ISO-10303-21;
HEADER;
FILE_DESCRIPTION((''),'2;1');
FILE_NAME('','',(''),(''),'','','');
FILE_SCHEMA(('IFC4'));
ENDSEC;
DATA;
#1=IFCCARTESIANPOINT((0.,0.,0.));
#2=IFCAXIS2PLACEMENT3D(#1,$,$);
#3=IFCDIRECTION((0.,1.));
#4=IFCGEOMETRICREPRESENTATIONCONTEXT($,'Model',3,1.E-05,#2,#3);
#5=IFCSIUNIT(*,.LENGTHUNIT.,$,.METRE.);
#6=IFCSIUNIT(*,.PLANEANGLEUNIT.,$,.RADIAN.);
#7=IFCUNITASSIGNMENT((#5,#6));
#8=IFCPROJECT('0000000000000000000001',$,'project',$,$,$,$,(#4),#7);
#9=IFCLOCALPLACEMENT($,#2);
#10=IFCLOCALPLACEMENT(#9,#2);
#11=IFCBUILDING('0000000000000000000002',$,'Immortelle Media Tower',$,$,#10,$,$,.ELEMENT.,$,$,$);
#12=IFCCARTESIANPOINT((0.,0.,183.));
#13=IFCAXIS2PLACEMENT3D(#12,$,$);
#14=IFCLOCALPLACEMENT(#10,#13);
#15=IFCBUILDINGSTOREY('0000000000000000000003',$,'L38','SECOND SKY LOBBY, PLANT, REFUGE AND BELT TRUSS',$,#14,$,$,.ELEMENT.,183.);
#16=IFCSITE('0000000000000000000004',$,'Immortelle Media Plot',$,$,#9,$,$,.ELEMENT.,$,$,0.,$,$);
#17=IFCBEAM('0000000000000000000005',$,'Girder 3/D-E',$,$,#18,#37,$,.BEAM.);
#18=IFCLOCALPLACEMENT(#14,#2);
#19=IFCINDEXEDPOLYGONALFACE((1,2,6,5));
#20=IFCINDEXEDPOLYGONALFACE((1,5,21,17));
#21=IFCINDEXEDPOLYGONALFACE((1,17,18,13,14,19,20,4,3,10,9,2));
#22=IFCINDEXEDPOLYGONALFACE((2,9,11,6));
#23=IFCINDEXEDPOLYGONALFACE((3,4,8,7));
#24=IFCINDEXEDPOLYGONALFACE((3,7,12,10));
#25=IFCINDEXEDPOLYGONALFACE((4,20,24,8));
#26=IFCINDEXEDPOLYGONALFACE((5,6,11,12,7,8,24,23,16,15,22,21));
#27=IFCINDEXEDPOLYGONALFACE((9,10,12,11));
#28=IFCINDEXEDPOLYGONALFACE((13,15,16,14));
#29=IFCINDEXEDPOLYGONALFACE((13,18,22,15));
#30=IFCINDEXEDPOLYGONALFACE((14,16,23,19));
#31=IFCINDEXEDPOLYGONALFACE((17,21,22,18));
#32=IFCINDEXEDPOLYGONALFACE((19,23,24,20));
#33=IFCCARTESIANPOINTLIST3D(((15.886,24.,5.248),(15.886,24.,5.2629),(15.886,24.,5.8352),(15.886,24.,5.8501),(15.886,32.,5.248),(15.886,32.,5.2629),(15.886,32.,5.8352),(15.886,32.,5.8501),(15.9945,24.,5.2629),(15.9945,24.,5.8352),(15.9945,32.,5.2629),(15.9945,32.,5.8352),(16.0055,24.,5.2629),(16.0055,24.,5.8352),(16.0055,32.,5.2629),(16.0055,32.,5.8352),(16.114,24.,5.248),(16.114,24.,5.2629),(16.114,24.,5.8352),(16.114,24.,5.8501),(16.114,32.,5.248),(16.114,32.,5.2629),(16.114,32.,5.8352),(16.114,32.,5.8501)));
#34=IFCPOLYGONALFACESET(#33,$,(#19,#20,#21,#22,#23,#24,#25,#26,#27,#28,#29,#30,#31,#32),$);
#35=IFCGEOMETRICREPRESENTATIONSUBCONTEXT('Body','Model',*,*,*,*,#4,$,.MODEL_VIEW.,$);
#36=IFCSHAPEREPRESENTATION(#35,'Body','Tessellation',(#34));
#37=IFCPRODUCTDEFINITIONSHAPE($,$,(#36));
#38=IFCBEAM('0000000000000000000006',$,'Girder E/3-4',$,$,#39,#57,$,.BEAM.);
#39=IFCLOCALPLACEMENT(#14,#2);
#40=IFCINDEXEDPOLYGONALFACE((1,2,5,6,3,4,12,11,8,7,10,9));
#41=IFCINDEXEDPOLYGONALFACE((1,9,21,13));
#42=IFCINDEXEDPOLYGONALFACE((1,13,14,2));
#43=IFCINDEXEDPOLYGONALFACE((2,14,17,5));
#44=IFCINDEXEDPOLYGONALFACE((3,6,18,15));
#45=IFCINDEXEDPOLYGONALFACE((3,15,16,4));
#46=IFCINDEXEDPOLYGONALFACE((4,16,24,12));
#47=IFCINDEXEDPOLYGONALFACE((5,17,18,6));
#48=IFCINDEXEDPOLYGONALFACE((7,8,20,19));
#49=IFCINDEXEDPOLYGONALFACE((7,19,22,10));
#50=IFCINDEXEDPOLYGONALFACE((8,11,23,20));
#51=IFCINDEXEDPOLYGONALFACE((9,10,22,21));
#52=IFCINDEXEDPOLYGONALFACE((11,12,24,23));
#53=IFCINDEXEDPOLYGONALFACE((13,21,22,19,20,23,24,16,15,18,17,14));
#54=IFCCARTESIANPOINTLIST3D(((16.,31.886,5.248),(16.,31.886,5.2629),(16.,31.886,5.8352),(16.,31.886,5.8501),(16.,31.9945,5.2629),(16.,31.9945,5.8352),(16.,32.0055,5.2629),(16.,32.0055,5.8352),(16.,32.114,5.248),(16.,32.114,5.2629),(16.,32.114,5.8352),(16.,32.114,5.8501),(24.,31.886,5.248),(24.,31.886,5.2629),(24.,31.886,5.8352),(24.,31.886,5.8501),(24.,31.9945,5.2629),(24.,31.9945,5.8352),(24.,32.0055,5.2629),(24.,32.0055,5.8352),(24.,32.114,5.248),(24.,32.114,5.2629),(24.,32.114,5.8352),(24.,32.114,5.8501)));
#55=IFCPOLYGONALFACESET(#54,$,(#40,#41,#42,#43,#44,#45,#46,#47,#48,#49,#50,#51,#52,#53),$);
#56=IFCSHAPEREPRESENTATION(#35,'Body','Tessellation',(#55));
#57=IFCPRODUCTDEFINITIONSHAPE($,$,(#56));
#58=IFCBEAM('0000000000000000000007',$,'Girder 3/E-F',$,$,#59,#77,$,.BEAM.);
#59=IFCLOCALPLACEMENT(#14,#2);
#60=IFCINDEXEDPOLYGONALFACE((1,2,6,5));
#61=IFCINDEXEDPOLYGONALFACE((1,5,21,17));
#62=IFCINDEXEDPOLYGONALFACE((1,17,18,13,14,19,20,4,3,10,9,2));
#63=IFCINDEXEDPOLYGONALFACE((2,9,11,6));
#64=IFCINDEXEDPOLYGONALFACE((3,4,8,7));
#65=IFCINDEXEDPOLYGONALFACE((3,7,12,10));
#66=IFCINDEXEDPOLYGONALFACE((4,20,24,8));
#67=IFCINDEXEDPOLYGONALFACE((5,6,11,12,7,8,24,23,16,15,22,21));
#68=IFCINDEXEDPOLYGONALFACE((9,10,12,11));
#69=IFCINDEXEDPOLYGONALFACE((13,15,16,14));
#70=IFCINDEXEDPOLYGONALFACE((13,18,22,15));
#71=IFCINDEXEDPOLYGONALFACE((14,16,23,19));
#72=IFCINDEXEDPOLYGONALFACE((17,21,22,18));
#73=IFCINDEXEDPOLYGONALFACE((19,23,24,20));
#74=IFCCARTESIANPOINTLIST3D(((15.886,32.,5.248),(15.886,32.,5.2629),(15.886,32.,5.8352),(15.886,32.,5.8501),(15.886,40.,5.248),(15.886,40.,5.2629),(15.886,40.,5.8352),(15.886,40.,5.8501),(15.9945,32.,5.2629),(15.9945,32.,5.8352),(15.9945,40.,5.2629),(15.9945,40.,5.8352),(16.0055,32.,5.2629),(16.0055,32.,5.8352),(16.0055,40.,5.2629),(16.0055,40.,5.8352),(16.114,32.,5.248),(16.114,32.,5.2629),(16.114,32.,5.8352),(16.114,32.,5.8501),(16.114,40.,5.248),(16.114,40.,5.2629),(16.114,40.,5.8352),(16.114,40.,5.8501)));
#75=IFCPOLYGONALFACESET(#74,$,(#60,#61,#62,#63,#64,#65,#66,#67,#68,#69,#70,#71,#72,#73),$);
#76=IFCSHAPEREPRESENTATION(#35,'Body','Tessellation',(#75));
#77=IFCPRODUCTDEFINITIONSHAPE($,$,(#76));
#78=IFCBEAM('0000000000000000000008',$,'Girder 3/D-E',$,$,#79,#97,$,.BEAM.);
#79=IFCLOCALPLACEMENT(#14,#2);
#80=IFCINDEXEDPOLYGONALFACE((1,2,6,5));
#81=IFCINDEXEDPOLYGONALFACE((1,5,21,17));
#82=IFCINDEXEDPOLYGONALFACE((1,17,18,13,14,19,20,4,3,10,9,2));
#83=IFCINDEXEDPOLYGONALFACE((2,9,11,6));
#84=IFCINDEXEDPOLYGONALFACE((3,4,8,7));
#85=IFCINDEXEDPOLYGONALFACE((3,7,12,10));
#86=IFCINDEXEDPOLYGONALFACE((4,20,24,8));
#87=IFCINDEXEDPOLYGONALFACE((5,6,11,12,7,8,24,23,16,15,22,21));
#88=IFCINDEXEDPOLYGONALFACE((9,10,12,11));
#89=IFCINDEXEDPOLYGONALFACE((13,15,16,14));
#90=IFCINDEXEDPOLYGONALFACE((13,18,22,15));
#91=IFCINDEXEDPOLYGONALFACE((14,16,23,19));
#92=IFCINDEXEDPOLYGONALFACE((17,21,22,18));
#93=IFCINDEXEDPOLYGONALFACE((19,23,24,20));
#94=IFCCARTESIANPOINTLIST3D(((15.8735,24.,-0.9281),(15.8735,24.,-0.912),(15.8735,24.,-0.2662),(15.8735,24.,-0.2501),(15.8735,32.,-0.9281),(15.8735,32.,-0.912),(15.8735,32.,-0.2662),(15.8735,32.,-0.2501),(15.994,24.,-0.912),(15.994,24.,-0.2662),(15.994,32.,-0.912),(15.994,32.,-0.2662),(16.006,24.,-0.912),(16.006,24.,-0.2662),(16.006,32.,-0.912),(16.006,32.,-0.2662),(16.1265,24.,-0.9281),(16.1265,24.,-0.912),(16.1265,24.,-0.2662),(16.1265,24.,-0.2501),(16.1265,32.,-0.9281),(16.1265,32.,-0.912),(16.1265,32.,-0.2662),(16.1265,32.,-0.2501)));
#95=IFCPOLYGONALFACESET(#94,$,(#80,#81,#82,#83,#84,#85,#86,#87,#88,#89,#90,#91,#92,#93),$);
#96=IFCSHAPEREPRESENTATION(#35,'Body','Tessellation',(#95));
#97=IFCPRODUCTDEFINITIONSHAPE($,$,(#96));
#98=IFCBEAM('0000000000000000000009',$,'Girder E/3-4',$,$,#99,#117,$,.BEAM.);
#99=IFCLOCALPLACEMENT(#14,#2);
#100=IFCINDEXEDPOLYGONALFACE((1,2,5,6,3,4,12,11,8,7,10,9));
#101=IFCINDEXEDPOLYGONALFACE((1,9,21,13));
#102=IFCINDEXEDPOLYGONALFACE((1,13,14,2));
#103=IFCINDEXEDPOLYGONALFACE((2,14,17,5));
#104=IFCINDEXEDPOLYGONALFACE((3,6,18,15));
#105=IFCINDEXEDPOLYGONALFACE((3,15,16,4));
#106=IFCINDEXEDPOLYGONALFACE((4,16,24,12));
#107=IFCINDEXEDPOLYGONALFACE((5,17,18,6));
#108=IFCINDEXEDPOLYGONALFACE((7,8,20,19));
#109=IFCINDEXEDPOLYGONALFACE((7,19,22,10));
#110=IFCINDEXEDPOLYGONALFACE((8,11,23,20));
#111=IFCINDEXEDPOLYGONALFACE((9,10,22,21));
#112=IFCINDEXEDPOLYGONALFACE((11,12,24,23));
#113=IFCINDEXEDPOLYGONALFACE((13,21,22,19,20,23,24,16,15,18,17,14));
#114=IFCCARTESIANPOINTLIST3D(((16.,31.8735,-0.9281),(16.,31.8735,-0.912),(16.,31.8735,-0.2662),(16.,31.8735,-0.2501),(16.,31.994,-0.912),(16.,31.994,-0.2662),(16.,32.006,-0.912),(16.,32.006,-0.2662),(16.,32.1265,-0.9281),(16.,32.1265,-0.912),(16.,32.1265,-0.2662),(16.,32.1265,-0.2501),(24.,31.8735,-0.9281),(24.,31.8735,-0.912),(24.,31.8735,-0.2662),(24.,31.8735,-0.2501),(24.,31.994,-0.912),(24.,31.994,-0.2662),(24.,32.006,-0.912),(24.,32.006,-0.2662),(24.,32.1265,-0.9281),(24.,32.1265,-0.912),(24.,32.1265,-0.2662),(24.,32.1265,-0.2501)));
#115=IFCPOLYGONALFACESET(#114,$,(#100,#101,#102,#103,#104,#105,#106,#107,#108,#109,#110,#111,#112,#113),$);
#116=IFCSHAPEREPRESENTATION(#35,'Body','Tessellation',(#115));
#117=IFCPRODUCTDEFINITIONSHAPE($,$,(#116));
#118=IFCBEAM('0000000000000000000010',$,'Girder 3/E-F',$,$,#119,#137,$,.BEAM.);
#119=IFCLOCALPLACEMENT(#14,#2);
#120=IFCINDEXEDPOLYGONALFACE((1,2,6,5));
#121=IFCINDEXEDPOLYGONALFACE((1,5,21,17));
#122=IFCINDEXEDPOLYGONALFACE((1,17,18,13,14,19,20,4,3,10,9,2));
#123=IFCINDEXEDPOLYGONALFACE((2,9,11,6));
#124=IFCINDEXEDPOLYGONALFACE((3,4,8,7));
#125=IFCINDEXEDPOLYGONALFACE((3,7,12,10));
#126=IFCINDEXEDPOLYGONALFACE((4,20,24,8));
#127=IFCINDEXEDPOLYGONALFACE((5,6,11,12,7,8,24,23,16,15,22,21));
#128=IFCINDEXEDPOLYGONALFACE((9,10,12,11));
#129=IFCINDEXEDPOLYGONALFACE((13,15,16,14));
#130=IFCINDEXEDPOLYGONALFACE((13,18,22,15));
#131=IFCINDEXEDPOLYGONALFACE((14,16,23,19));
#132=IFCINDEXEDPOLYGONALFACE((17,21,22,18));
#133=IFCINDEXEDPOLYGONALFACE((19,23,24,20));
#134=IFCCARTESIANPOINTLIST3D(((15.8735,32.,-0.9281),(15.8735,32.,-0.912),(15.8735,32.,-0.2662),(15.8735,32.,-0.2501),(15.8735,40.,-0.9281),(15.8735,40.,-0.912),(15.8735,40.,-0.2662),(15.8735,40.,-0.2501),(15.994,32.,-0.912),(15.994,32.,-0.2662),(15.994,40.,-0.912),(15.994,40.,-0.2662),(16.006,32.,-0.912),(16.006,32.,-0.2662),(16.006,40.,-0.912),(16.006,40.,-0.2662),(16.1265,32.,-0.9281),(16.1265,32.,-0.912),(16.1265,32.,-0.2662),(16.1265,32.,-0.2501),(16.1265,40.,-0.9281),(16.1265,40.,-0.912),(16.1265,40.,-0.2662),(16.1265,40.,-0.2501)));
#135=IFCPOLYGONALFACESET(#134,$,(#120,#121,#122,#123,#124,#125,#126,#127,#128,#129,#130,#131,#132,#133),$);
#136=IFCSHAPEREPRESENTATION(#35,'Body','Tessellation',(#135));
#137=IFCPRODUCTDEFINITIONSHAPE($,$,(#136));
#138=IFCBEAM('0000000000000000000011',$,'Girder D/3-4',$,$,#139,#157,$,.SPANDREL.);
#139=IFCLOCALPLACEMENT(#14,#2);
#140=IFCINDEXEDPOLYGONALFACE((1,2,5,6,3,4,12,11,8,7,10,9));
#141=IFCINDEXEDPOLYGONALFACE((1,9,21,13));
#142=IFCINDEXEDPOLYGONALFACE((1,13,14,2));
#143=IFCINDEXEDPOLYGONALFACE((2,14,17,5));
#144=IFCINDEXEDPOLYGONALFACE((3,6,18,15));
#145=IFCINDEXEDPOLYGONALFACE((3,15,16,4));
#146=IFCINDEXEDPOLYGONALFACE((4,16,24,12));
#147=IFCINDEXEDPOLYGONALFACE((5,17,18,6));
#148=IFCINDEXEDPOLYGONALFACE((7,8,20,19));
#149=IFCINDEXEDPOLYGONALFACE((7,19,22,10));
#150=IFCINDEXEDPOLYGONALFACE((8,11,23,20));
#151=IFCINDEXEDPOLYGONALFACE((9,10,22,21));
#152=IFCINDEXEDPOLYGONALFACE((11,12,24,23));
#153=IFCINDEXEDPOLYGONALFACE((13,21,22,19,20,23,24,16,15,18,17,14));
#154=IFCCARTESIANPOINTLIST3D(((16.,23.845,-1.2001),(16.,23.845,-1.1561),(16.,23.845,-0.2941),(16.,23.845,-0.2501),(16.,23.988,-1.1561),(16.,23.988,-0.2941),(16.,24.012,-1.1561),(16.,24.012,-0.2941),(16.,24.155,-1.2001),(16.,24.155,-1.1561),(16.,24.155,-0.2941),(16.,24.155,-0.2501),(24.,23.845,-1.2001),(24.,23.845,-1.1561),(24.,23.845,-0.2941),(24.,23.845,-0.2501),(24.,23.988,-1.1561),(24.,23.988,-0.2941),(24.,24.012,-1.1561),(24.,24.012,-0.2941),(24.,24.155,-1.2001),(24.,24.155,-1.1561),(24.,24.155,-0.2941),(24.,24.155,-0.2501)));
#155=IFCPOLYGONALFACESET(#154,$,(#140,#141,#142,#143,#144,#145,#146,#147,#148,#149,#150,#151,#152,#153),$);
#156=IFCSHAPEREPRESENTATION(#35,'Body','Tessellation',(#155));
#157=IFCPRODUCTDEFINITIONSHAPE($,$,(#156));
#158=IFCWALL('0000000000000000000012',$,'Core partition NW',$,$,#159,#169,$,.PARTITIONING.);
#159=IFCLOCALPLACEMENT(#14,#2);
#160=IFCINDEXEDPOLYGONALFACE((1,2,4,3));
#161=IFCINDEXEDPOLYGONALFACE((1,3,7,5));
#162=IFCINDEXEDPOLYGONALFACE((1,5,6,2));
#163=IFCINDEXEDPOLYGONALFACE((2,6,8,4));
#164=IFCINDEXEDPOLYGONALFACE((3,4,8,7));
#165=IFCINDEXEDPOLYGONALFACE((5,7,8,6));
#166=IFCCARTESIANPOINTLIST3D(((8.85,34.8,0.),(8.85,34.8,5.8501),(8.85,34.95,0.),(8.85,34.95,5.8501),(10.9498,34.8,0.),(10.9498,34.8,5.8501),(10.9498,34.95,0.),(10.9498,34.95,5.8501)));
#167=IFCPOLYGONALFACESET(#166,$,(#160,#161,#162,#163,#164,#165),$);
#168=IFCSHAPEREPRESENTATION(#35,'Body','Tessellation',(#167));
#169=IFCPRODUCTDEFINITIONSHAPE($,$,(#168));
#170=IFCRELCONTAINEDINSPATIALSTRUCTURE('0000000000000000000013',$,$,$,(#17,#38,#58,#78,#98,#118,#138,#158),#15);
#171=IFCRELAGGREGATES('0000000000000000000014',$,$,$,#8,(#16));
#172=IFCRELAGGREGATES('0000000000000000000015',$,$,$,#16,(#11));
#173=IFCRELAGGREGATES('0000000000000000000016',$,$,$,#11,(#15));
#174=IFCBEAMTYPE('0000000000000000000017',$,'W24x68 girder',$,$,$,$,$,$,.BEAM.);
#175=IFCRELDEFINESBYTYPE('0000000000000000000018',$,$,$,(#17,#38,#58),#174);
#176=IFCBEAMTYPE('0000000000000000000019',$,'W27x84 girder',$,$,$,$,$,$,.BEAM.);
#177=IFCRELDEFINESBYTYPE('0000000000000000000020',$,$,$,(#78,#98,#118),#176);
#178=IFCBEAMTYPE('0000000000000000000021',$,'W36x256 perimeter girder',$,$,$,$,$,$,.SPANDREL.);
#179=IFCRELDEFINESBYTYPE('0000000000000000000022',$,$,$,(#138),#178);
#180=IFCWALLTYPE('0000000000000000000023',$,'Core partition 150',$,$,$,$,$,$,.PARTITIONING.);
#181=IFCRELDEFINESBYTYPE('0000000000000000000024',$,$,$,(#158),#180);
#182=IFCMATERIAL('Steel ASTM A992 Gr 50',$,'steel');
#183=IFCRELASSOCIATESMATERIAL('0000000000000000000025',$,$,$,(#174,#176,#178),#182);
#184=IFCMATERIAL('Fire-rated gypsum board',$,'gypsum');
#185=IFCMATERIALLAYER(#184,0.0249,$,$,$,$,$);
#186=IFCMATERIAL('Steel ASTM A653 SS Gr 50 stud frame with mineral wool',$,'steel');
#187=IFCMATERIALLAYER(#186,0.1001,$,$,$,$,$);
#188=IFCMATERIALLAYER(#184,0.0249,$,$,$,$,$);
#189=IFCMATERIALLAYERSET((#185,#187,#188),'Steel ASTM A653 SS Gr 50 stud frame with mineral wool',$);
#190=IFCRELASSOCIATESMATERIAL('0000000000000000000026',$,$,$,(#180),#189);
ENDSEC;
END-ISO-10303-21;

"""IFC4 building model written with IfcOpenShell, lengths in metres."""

from ifc_helpers import new_model, si_unit, direction, frame, frame_2d, origin, origin_2d, place, context, subcontext, project, spatial, rectangle, i_section, extrude, material, layer, layer_set, material_profile, profile_set, type_object, element, save


model = new_model("IFC4")

# Units and contexts
model_context = context("Model", 3, precision=1e-05, world=origin(), true_north=direction((0.0, 1.0)))
body_context = subcontext(model_context, "Body", "Model", "MODEL_VIEW")
ifc_project = project(units=[si_unit("LENGTHUNIT", "METRE"), si_unit("PLANEANGLEUNIT", "RADIAN")], contexts=[model_context])

# Site, building, storey
site_placement = place(None, origin())
site = spatial("IfcSite", under=ifc_project, at=site_placement, Name="Immortelle Media Plot", CompositionType="ELEMENT", RefElevation=0.0)
building_placement = place(site_placement, origin())
building = spatial("IfcBuilding", under=site, at=building_placement, Name="Immortelle Media Tower", CompositionType="ELEMENT")
storey_placement = place(building_placement, frame((0.0, 0.0, 183.0)))
storey = spatial("IfcBuildingStorey", under=building, at=storey_placement, Name="L38", Description="SECOND SKY LOBBY, PLANT, REFUGE AND BELT TRUSS", CompositionType="ELEMENT", Elevation=183.0)

# Shared definitions
ifc_material_1 = material(Name="Steel ASTM A992 Gr 50", Category="steel")

# Beams
ifc_material_profile_1 = material_profile(ifc_material_1, i_section(OverallWidth=0.228, OverallDepth=0.6021, WebThickness=0.011, FlangeThickness=0.0149, at=origin_2d()), Name="W24x68")
ifc_profile_set_1 = profile_set([ifc_material_profile_1], Name="Steel ASTM A992 Gr 50")
beam_type_1 = type_object("IfcBeamType", Name="W24x68 girder", PredefinedType="BEAM", material=ifc_profile_set_1)
for number, where, z_axis, x_axis, name in (
    (1, (16.0, 24.0, 5.5491), (0.0, 1.0, 0.0), (-1.0, 0.0, 0.0), "Girder 3/D-E"),
    (2, (16.0, 32.0, 5.5491), (1.0, 0.0, 0.0), (0.0, 1.0, 0.0), "Girder E/3-4"),
    (3, (16.0, 32.0, 5.5491), (0.0, 1.0, 0.0), (-1.0, 0.0, 0.0), "Girder 3/E-F"),
):
    element("IfcBeam", number, at=place(storey_placement, frame(where, z_axis=z_axis, x_axis=x_axis)), inside=storey, type_object=beam_type_1, Name=name, PredefinedType="BEAM", context=body_context, shape_type="SweptSolid", body=[
        extrude(i_section(OverallWidth=0.228, OverallDepth=0.6021, WebThickness=0.011, FlangeThickness=0.0149, at=origin_2d()), origin(), (0.0, 0.0, 1.0), 8.0),
    ])
ifc_material_profile_2 = material_profile(ifc_material_1, i_section(OverallWidth=0.2529, OverallDepth=0.678, WebThickness=0.012, FlangeThickness=0.0161, at=origin_2d()), Name="W27x84")
ifc_profile_set_2 = profile_set([ifc_material_profile_2], Name="Steel ASTM A992 Gr 50")
beam_type_2 = type_object("IfcBeamType", Name="W27x84 girder", PredefinedType="BEAM", material=ifc_profile_set_2)
for number, where, z_axis, x_axis, name in (
    (4, (16.0, 24.0, -0.5891), (0.0, 1.0, 0.0), (-1.0, 0.0, 0.0), "Girder 3/D-E"),
    (5, (16.0, 32.0, -0.5891), (1.0, 0.0, 0.0), (0.0, 1.0, 0.0), "Girder E/3-4"),
    (6, (16.0, 32.0, -0.5891), (0.0, 1.0, 0.0), (-1.0, 0.0, 0.0), "Girder 3/E-F"),
):
    element("IfcBeam", number, at=place(storey_placement, frame(where, z_axis=z_axis, x_axis=x_axis)), inside=storey, type_object=beam_type_2, Name=name, PredefinedType="BEAM", context=body_context, shape_type="SweptSolid", body=[
        extrude(i_section(OverallWidth=0.2529, OverallDepth=0.678, WebThickness=0.012, FlangeThickness=0.0161, at=origin_2d()), origin(), (0.0, 0.0, 1.0), 8.0),
    ])
ifc_material_profile_3 = material_profile(ifc_material_1, i_section(OverallWidth=0.3101, OverallDepth=0.95, WebThickness=0.0239, FlangeThickness=0.0439, at=origin_2d()), Name="W36x256")
ifc_profile_set_3 = profile_set([ifc_material_profile_3], Name="Steel ASTM A992 Gr 50")
beam_type_3 = type_object("IfcBeamType", Name="W36x256 perimeter girder", PredefinedType="SPANDREL", material=ifc_profile_set_3)
beam_1_placement = place(storey_placement, frame((16.0, 24.0, -0.7251), z_axis=(1.0, 0.0, 0.0), x_axis=(0.0, 1.0, 0.0)))
element("IfcBeam", 7, at=beam_1_placement, inside=storey, type_object=beam_type_3, Name="Girder D/3-4", PredefinedType="SPANDREL", context=body_context, shape_type="SweptSolid", body=[
    extrude(i_section(OverallWidth=0.3101, OverallDepth=0.95, WebThickness=0.0239, FlangeThickness=0.0439, at=origin_2d()), origin(), (0.0, 0.0, 1.0), 8.0),
])

# Wall
ifc_material_2 = material(Name="Fire-rated gypsum board", Category="gypsum")
ifc_layer_1 = layer(ifc_material_2, 0.0249)
ifc_material_3 = material(Name="Steel ASTM A653 SS Gr 50 stud frame with mineral wool", Category="steel")
ifc_layer_2 = layer(ifc_material_3, 0.1001)
ifc_layer_3 = layer(ifc_material_2, 0.0249)
ifc_layer_set_1 = layer_set([ifc_layer_1, ifc_layer_2, ifc_layer_3], Name="Steel ASTM A653 SS Gr 50 stud frame with mineral wool")
wall_type_1 = type_object("IfcWallType", Name="Core partition 150", PredefinedType="PARTITIONING", material=ifc_layer_set_1)
wall_1_placement = place(storey_placement, frame((8.8501, 34.875, 0.0), z_axis=(0.0, 0.0, 1.0), x_axis=(1.0, 0.0, 0.0)))
element("IfcWall", 8, at=wall_1_placement, inside=storey, type_object=wall_type_1, Name="Core partition NW", PredefinedType="PARTITIONING", context=body_context, shape_type="SweptSolid", body=[
    extrude(rectangle(XDim=2.0999, YDim=0.1499, at=frame_2d((1.0498, 0.0))), origin(), (0.0, 0.0, 1.0), 5.8501),
])

save(model, "model.ifc")
